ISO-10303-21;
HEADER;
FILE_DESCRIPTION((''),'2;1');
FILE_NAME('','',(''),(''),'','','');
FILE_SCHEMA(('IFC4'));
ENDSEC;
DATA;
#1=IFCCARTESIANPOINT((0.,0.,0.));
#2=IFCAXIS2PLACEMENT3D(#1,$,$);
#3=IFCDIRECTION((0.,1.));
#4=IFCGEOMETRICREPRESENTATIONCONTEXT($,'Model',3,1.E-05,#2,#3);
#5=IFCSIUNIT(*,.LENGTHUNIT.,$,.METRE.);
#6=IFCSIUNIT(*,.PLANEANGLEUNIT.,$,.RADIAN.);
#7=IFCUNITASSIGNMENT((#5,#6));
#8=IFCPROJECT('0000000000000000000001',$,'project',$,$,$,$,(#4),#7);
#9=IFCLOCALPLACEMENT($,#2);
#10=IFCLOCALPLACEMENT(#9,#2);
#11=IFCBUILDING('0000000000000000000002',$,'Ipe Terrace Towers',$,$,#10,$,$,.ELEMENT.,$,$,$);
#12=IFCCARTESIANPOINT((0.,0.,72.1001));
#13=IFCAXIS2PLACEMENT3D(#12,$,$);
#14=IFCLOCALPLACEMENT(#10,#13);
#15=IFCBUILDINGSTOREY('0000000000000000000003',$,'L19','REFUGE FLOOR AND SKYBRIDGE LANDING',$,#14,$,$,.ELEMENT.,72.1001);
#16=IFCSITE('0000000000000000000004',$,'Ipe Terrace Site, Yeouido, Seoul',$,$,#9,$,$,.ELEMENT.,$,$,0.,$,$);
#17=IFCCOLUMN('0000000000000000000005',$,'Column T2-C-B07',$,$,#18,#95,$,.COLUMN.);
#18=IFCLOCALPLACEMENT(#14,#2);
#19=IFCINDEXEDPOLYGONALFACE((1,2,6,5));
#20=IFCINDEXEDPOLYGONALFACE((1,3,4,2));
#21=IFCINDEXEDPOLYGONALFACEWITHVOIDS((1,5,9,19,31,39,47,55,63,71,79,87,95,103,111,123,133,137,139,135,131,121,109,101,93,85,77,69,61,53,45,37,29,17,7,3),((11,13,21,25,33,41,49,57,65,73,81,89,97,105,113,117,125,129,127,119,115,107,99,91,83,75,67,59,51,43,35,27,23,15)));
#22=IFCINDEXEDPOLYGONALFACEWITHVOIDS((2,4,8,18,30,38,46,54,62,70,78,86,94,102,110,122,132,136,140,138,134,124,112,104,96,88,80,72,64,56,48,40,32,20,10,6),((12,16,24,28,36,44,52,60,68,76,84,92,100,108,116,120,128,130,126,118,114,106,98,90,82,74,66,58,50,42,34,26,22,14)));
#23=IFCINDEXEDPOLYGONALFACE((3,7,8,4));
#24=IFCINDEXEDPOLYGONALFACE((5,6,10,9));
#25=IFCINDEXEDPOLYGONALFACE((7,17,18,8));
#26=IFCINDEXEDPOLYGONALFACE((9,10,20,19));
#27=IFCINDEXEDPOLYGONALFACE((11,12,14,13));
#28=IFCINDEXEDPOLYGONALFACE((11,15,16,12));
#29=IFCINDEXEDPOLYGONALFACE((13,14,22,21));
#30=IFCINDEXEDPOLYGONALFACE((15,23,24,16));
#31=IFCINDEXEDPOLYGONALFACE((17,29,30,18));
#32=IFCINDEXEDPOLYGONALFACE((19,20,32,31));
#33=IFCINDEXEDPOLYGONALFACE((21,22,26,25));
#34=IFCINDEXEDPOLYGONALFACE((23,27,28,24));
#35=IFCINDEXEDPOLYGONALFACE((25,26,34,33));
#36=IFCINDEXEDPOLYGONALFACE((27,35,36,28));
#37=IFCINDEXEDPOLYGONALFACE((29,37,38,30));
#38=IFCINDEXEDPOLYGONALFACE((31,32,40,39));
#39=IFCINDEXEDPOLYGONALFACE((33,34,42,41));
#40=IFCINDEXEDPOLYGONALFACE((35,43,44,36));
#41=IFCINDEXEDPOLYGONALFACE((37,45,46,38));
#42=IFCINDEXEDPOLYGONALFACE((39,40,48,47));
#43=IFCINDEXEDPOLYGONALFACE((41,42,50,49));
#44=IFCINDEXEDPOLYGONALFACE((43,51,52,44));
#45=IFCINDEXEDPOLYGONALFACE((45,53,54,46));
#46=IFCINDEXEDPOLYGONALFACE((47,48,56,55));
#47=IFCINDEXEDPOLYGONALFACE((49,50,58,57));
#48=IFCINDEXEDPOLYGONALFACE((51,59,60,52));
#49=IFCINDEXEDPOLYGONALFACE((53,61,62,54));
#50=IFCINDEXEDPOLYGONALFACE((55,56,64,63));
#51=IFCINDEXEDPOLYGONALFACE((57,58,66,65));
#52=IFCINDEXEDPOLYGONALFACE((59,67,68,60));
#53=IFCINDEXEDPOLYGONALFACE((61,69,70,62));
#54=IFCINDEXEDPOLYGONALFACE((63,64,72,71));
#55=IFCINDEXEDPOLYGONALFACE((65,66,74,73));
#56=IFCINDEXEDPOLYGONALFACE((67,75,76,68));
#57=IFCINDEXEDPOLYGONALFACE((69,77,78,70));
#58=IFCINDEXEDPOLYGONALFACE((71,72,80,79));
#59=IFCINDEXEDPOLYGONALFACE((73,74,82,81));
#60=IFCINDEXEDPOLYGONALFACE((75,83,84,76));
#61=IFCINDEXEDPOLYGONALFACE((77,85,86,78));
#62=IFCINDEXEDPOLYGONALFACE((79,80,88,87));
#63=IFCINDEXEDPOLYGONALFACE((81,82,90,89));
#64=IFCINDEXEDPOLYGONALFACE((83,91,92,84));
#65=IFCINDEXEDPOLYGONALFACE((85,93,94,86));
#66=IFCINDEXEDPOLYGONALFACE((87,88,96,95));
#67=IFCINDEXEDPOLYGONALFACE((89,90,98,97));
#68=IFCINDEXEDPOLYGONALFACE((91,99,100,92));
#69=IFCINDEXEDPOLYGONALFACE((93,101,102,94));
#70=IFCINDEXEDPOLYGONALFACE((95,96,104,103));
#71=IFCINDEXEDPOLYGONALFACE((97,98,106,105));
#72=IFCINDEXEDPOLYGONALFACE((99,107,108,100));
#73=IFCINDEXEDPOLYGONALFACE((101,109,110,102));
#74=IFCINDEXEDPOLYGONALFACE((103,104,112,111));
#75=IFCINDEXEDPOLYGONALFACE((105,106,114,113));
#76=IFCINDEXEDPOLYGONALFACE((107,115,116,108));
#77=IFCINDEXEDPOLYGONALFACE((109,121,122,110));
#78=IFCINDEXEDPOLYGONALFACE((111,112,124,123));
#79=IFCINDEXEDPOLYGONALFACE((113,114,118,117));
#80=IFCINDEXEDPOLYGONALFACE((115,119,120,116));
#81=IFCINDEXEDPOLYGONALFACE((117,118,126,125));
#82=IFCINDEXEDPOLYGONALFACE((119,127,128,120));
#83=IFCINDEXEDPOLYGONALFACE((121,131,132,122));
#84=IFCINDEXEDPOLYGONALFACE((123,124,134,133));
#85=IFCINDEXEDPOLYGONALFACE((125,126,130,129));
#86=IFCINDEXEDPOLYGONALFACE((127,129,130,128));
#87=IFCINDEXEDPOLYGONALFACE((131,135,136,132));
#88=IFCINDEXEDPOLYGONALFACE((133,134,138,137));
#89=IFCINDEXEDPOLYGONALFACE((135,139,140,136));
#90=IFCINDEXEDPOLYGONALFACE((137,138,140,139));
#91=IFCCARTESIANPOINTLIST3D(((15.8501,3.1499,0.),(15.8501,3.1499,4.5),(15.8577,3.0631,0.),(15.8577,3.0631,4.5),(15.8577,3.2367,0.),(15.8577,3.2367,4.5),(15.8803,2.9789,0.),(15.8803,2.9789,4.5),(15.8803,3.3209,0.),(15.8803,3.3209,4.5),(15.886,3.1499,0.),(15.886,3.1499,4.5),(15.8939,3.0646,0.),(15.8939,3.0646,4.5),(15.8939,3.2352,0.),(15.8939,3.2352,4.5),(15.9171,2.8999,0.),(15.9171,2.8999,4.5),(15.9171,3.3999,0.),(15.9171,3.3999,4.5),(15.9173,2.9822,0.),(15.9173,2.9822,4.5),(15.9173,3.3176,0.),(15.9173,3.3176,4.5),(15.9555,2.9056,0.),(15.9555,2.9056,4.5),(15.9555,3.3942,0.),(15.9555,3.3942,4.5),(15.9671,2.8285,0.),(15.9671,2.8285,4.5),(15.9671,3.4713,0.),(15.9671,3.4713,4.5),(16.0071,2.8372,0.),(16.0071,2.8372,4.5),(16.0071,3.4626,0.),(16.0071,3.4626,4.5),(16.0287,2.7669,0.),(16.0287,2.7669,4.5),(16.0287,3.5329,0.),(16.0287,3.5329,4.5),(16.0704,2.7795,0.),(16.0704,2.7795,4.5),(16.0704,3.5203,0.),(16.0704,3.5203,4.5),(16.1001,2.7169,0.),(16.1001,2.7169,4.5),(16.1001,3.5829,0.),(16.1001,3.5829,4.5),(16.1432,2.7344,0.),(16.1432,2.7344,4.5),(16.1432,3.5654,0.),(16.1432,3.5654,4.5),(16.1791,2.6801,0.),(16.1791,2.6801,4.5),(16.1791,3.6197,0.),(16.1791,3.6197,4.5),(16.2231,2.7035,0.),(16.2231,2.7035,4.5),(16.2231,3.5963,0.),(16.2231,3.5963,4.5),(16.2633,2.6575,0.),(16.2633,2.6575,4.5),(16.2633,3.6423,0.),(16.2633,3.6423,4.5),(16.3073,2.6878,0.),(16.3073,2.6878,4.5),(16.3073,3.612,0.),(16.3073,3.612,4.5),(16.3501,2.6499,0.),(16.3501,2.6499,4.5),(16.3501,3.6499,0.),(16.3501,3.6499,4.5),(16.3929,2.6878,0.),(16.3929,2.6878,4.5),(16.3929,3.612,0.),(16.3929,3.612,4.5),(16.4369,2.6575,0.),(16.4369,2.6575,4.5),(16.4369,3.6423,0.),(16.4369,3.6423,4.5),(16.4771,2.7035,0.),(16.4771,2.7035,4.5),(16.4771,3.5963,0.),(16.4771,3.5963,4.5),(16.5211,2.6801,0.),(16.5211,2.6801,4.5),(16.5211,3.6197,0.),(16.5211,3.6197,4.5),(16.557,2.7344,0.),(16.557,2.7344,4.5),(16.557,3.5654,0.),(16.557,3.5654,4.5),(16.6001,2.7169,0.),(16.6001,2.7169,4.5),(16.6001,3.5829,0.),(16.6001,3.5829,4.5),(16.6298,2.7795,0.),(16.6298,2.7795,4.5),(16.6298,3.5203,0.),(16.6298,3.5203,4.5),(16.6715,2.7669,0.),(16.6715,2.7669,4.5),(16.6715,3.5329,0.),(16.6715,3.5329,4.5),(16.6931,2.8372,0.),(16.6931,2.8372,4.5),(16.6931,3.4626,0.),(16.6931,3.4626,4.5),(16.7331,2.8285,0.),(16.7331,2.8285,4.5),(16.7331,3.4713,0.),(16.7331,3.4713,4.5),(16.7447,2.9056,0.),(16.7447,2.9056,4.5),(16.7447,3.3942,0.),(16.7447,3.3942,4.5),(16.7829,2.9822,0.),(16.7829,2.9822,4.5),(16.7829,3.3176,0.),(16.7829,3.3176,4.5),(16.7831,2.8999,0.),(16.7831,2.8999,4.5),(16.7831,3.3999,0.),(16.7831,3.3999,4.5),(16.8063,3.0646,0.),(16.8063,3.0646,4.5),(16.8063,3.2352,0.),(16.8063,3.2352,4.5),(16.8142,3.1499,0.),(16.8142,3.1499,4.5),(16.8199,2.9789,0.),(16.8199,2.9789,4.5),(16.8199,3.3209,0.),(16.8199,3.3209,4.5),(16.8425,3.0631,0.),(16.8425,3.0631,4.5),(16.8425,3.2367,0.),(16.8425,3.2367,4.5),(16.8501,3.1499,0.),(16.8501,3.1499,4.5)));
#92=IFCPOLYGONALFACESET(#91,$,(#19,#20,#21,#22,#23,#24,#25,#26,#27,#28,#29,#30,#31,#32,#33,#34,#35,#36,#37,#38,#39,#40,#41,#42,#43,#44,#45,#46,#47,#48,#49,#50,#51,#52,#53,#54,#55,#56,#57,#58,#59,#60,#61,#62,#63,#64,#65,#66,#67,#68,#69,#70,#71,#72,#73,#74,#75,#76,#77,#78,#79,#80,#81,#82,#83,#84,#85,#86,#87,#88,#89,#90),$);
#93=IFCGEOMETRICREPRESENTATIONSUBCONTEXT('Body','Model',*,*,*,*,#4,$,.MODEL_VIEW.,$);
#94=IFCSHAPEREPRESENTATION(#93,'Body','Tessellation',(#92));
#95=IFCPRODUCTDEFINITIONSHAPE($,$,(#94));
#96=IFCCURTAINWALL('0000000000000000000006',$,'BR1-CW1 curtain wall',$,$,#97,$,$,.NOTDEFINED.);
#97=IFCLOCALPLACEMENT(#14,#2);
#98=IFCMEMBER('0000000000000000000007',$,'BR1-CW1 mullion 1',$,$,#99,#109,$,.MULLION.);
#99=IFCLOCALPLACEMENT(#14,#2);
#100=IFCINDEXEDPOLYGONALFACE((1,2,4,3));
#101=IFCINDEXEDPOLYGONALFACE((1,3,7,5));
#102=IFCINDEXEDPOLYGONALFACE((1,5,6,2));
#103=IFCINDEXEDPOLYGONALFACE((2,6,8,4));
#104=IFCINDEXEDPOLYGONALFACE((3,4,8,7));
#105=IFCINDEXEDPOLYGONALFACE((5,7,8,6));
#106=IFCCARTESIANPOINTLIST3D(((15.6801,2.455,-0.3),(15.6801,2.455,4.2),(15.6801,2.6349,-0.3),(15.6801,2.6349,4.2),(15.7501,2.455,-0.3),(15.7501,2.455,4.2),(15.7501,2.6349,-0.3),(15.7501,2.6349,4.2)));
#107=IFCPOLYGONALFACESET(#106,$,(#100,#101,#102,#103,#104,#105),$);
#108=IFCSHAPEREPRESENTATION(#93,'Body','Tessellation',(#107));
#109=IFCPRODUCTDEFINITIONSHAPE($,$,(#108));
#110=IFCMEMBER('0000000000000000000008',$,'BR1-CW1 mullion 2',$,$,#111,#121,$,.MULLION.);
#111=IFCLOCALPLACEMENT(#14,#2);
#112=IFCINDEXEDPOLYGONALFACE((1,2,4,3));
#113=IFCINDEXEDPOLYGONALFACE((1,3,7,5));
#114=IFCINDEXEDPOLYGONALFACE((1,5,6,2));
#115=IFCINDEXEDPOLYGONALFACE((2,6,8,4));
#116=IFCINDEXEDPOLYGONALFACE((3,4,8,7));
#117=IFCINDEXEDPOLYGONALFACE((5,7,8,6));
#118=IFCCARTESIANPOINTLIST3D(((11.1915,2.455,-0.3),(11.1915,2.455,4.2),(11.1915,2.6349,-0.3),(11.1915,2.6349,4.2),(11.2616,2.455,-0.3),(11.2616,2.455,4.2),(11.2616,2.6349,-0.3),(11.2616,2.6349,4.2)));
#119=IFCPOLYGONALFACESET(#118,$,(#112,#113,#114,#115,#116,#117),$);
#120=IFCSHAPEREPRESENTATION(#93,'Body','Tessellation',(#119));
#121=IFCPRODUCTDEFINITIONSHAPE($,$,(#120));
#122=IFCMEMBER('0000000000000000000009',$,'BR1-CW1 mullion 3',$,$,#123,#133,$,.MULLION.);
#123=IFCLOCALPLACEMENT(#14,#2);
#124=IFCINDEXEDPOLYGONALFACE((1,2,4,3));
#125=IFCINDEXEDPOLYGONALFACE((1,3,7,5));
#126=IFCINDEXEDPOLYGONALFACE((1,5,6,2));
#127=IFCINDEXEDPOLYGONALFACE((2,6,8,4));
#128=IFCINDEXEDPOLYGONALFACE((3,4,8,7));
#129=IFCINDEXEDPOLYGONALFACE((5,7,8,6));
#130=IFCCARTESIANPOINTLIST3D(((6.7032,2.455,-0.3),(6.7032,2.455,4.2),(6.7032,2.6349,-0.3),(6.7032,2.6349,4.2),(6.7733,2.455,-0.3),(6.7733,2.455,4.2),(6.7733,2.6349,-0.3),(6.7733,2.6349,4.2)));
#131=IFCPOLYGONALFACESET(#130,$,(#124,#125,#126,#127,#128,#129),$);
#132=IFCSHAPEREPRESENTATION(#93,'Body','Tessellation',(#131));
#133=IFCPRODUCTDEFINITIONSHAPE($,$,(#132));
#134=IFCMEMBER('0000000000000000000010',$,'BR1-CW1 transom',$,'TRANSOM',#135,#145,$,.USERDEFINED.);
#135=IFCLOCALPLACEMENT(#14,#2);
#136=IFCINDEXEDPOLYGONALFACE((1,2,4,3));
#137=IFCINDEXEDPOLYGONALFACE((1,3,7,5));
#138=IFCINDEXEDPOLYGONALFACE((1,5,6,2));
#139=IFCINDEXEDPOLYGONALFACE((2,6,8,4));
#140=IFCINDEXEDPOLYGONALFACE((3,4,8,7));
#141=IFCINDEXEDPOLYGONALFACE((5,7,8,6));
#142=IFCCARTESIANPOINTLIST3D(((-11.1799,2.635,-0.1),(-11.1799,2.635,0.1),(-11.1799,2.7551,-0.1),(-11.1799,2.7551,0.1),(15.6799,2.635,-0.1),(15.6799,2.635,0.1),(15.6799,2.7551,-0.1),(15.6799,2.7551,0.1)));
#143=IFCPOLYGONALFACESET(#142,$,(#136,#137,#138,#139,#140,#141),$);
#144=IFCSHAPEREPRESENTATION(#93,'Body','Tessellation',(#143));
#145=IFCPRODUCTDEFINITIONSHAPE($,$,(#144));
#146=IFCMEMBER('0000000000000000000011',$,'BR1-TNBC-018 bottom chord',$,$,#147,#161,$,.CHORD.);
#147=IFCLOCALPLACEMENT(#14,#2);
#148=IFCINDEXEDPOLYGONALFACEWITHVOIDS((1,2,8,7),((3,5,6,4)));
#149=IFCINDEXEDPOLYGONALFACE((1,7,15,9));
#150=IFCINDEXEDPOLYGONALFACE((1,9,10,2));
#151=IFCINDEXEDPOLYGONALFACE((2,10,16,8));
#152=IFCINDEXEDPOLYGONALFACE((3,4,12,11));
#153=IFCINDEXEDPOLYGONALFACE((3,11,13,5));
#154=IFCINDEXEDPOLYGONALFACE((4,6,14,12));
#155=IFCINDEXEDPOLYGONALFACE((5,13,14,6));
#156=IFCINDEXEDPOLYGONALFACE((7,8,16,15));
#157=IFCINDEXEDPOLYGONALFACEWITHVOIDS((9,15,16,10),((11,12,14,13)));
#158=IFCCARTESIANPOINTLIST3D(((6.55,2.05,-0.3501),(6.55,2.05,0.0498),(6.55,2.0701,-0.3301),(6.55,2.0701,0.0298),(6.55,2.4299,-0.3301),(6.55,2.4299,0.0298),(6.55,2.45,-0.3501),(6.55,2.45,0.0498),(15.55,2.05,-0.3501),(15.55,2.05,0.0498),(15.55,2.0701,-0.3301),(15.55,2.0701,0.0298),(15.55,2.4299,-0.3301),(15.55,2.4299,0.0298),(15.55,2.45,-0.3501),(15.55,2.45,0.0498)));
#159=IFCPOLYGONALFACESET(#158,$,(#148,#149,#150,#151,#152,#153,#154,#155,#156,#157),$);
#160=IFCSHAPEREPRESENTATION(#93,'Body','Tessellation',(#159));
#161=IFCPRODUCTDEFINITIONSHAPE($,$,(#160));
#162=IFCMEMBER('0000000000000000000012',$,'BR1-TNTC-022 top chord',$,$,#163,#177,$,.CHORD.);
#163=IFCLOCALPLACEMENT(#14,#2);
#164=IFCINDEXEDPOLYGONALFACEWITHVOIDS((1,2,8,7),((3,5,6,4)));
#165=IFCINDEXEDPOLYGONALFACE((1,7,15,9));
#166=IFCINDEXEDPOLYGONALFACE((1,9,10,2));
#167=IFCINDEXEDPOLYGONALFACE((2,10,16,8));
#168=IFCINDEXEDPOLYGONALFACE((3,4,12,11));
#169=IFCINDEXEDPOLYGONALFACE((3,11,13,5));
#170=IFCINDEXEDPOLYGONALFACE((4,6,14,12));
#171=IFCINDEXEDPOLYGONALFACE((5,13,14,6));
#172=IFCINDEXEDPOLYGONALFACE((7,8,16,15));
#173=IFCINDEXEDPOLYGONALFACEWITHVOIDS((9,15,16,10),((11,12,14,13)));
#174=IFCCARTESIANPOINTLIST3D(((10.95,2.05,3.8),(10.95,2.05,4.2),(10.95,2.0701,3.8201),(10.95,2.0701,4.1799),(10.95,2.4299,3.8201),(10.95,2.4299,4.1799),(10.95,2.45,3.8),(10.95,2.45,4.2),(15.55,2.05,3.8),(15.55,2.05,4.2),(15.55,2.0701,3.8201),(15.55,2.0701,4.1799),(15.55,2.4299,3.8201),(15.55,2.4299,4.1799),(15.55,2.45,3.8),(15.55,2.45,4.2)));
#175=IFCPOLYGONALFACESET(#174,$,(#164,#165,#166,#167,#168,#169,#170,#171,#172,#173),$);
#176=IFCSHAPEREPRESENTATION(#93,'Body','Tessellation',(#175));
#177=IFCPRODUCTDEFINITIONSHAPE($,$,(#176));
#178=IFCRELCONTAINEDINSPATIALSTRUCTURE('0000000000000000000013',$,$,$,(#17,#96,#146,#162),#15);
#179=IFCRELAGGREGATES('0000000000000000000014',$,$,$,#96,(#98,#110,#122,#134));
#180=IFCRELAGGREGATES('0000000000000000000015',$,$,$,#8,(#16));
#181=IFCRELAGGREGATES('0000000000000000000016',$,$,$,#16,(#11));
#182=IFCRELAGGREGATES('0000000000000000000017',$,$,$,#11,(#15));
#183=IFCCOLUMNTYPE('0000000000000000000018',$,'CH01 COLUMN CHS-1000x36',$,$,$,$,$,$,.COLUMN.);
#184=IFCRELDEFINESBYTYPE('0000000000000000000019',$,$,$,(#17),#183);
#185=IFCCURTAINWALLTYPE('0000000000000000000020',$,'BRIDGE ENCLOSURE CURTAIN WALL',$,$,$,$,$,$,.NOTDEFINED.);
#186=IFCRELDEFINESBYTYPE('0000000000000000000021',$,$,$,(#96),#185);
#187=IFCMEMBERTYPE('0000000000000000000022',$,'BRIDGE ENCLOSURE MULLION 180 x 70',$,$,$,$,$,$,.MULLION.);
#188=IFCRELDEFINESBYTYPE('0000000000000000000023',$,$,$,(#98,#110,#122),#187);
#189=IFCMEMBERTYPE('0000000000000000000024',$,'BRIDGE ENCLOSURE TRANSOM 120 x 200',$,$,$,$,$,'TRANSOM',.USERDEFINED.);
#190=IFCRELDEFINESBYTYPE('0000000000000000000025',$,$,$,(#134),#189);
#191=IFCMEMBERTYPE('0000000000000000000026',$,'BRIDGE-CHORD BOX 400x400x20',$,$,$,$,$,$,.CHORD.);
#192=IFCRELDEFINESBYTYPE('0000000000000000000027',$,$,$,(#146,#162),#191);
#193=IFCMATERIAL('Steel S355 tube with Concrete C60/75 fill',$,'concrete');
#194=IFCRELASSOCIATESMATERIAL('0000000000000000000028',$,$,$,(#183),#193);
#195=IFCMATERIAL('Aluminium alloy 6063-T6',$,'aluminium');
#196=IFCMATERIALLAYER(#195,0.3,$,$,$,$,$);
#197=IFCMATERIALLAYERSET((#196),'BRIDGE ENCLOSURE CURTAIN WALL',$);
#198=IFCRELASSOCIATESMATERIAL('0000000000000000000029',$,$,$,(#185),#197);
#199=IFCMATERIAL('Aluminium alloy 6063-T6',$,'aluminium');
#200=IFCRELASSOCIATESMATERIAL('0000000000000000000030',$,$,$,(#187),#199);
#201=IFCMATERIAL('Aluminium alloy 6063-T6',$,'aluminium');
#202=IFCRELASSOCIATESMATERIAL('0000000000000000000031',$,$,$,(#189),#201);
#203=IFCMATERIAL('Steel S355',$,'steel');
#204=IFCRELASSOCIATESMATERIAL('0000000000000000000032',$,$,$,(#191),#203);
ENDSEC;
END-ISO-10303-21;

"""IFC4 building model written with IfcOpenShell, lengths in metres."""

from ifc_helpers import new_model, si_unit, direction, frame, origin, origin_2d, place, context, subcontext, project, spatial, rectangle, hollow_rectangle, hollow_circle, extrude, material, layer, layer_set, material_profile, profile_set, type_object, element, aggregate, save


model = new_model("IFC4")

# Units and contexts
model_context = context("Model", 3, precision=1e-05, world=origin(), true_north=direction((0.0, 1.0)))
body_context = subcontext(model_context, "Body", "Model", "MODEL_VIEW")
ifc_project = project(units=[si_unit("LENGTHUNIT", "METRE"), si_unit("PLANEANGLEUNIT", "RADIAN")], contexts=[model_context])

# Site, building, storey
site_placement = place(None, origin())
site = spatial("IfcSite", under=ifc_project, at=site_placement, Name="Ipe Terrace Site, Yeouido, Seoul", CompositionType="ELEMENT", RefElevation=0.0)
building_placement = place(site_placement, origin())
building = spatial("IfcBuilding", under=site, at=building_placement, Name="Ipe Terrace Towers", CompositionType="ELEMENT")
storey_placement = place(building_placement, frame((0.0, 0.0, 72.1001)))
storey = spatial("IfcBuildingStorey", under=building, at=storey_placement, Name="L19", Description="REFUGE FLOOR AND SKYBRIDGE LANDING", CompositionType="ELEMENT", Elevation=72.1001)

# Column
ifc_material_1 = material(Name="Steel S355 tube with Concrete C60/75 fill", Category="concrete")
ifc_material_profile_1 = material_profile(ifc_material_1, hollow_circle(Radius=0.5, WallThickness=0.0359, at=origin_2d()), Name="CHS-1000x36")
ifc_profile_set_1 = profile_set([ifc_material_profile_1], Name="Steel S355 tube with Concrete C60/75 fill")
column_type = type_object("IfcColumnType", Name="CH01 COLUMN CHS-1000x36", PredefinedType="COLUMN", material=ifc_profile_set_1)
column_placement = place(storey_placement, frame((16.3501, 3.1499, 0.0), z_axis=(0.0, 0.0, 1.0), x_axis=(1.0, 0.0, 0.0)))
element("IfcColumn", 1, at=column_placement, inside=storey, type_object=column_type, Name="Column T2-C-B07", PredefinedType="COLUMN", context=body_context, shape_type="SweptSolid", body=[
    extrude(hollow_circle(Radius=0.5, WallThickness=0.0359, at=origin_2d()), origin(), (0.0, 0.0, 1.0), 4.5),
])

# Curtain wall, members
ifc_material_2 = material(Name="Aluminium alloy 6063-T6", Category="aluminium")
ifc_layer_1 = layer(ifc_material_2, 0.3)
ifc_layer_set_1 = layer_set([ifc_layer_1], Name="BRIDGE ENCLOSURE CURTAIN WALL")
curtain_wall_type_1 = type_object("IfcCurtainWallType", Name="BRIDGE ENCLOSURE CURTAIN WALL", PredefinedType="NOTDEFINED", material=ifc_layer_set_1)
curtain_wall_1_placement = place(storey_placement, origin())
curtain_wall_1 = element("IfcCurtainWall", 2, at=curtain_wall_1_placement, inside=storey, type_object=curtain_wall_type_1, Name="BR1-CW1 curtain wall", PredefinedType="NOTDEFINED")
ifc_material_3 = material(Name="Aluminium alloy 6063-T6", Category="aluminium")
ifc_material_profile_2 = material_profile(ifc_material_3, rectangle(XDim=0.1799, YDim=0.0701, at=origin_2d()), Name="BRIDGE ENCLOSURE MULLION 180 x 70")
ifc_profile_set_2 = profile_set([ifc_material_profile_2], Name="Aluminium alloy 6063-T6")
member_type_1 = type_object("IfcMemberType", Name="BRIDGE ENCLOSURE MULLION 180 x 70", PredefinedType="MULLION", material=ifc_profile_set_2)
member_1_placement = place(storey_placement, frame((15.7151, 2.5449, -0.3), z_axis=(0.0, 0.0, 1.0), x_axis=(0.0, 1.0, 0.0)))
member_1 = element("IfcMember", 3, at=member_1_placement, type_object=member_type_1, Name="BR1-CW1 mullion 1", PredefinedType="MULLION", context=body_context, shape_type="SweptSolid", body=[
    extrude(rectangle(XDim=0.1799, YDim=0.0701, at=origin_2d()), origin(), (0.0, 0.0, 1.0), 4.5),
])
member_2_placement = place(storey_placement, frame((11.2266, 2.5449, -0.3), z_axis=(0.0, 0.0, 1.0), x_axis=(0.0, 1.0, 0.0)))
member_2 = element("IfcMember", 4, at=member_2_placement, type_object=member_type_1, Name="BR1-CW1 mullion 2", PredefinedType="MULLION", context=body_context, shape_type="SweptSolid", body=[
    extrude(rectangle(XDim=0.1799, YDim=0.0701, at=origin_2d()), origin(), (0.0, 0.0, 1.0), 4.5),
])
member_3_placement = place(storey_placement, frame((6.7383, 2.5449, -0.3), z_axis=(0.0, 0.0, 1.0), x_axis=(0.0, 1.0, 0.0)))
member_3 = element("IfcMember", 5, at=member_3_placement, type_object=member_type_1, Name="BR1-CW1 mullion 3", PredefinedType="MULLION", context=body_context, shape_type="SweptSolid", body=[
    extrude(rectangle(XDim=0.1799, YDim=0.0701, at=origin_2d()), origin(), (0.0, 0.0, 1.0), 4.5),
])
ifc_material_4 = material(Name="Aluminium alloy 6063-T6", Category="aluminium")
ifc_material_profile_3 = material_profile(ifc_material_4, rectangle(XDim=0.1201, YDim=0.2, at=origin_2d()), Name="BRIDGE ENCLOSURE TRANSOM 120 x 200")
ifc_profile_set_3 = profile_set([ifc_material_profile_3], Name="Aluminium alloy 6063-T6")
member_type_2 = type_object("IfcMemberType", Name="BRIDGE ENCLOSURE TRANSOM 120 x 200", ElementType="TRANSOM", PredefinedType="USERDEFINED", material=ifc_profile_set_3)
member_4_placement = place(storey_placement, frame((15.6799, 2.6951, 0.0), z_axis=(-1.0, 0.0, 0.0), x_axis=(0.0, 1.0, 0.0)))
member_4 = element("IfcMember", 6, at=member_4_placement, type_object=member_type_2, Name="BR1-CW1 transom", ObjectType="TRANSOM", PredefinedType="USERDEFINED", context=body_context, shape_type="SweptSolid", body=[
    extrude(rectangle(XDim=0.1201, YDim=0.2, at=origin_2d()), origin(), (0.0, 0.0, 1.0), 26.8599),
])

# Members
ifc_material_5 = material(Name="Steel S355", Category="steel")
ifc_material_profile_4 = material_profile(ifc_material_5, hollow_rectangle(XDim=0.3999, YDim=0.3999, WallThickness=0.02, at=origin_2d()), Name="BRIDGE-CHORD BOX 400x400x20")
ifc_profile_set_4 = profile_set([ifc_material_profile_4], Name="Steel S355")
member_type_3 = type_object("IfcMemberType", Name="BRIDGE-CHORD BOX 400x400x20", PredefinedType="CHORD", material=ifc_profile_set_4)
member_5_placement = place(storey_placement, frame((6.55, 2.25, -0.1501), z_axis=(1.0, 0.0, 0.0), x_axis=(0.0, 1.0, 0.0)))
element("IfcMember", 7, at=member_5_placement, inside=storey, type_object=member_type_3, Name="BR1-TNBC-018 bottom chord", PredefinedType="CHORD", context=body_context, shape_type="SweptSolid", body=[
    extrude(hollow_rectangle(XDim=0.3999, YDim=0.3999, WallThickness=0.02, at=origin_2d()), origin(), (0.0, 0.0, 1.0), 9.0),
])
member_6_placement = place(storey_placement, frame((10.95, 2.25, 4.0), z_axis=(1.0, 0.0, 0.0), x_axis=(0.0, 1.0, 0.0)))
element("IfcMember", 8, at=member_6_placement, inside=storey, type_object=member_type_3, Name="BR1-TNTC-022 top chord", PredefinedType="CHORD", context=body_context, shape_type="SweptSolid", body=[
    extrude(hollow_rectangle(XDim=0.3999, YDim=0.3999, WallThickness=0.02, at=origin_2d()), origin(), (0.0, 0.0, 1.0), 4.6001),
])

aggregate(curtain_wall_1, [member_1, member_2, member_3, member_4])

save(model, "model.ifc")
